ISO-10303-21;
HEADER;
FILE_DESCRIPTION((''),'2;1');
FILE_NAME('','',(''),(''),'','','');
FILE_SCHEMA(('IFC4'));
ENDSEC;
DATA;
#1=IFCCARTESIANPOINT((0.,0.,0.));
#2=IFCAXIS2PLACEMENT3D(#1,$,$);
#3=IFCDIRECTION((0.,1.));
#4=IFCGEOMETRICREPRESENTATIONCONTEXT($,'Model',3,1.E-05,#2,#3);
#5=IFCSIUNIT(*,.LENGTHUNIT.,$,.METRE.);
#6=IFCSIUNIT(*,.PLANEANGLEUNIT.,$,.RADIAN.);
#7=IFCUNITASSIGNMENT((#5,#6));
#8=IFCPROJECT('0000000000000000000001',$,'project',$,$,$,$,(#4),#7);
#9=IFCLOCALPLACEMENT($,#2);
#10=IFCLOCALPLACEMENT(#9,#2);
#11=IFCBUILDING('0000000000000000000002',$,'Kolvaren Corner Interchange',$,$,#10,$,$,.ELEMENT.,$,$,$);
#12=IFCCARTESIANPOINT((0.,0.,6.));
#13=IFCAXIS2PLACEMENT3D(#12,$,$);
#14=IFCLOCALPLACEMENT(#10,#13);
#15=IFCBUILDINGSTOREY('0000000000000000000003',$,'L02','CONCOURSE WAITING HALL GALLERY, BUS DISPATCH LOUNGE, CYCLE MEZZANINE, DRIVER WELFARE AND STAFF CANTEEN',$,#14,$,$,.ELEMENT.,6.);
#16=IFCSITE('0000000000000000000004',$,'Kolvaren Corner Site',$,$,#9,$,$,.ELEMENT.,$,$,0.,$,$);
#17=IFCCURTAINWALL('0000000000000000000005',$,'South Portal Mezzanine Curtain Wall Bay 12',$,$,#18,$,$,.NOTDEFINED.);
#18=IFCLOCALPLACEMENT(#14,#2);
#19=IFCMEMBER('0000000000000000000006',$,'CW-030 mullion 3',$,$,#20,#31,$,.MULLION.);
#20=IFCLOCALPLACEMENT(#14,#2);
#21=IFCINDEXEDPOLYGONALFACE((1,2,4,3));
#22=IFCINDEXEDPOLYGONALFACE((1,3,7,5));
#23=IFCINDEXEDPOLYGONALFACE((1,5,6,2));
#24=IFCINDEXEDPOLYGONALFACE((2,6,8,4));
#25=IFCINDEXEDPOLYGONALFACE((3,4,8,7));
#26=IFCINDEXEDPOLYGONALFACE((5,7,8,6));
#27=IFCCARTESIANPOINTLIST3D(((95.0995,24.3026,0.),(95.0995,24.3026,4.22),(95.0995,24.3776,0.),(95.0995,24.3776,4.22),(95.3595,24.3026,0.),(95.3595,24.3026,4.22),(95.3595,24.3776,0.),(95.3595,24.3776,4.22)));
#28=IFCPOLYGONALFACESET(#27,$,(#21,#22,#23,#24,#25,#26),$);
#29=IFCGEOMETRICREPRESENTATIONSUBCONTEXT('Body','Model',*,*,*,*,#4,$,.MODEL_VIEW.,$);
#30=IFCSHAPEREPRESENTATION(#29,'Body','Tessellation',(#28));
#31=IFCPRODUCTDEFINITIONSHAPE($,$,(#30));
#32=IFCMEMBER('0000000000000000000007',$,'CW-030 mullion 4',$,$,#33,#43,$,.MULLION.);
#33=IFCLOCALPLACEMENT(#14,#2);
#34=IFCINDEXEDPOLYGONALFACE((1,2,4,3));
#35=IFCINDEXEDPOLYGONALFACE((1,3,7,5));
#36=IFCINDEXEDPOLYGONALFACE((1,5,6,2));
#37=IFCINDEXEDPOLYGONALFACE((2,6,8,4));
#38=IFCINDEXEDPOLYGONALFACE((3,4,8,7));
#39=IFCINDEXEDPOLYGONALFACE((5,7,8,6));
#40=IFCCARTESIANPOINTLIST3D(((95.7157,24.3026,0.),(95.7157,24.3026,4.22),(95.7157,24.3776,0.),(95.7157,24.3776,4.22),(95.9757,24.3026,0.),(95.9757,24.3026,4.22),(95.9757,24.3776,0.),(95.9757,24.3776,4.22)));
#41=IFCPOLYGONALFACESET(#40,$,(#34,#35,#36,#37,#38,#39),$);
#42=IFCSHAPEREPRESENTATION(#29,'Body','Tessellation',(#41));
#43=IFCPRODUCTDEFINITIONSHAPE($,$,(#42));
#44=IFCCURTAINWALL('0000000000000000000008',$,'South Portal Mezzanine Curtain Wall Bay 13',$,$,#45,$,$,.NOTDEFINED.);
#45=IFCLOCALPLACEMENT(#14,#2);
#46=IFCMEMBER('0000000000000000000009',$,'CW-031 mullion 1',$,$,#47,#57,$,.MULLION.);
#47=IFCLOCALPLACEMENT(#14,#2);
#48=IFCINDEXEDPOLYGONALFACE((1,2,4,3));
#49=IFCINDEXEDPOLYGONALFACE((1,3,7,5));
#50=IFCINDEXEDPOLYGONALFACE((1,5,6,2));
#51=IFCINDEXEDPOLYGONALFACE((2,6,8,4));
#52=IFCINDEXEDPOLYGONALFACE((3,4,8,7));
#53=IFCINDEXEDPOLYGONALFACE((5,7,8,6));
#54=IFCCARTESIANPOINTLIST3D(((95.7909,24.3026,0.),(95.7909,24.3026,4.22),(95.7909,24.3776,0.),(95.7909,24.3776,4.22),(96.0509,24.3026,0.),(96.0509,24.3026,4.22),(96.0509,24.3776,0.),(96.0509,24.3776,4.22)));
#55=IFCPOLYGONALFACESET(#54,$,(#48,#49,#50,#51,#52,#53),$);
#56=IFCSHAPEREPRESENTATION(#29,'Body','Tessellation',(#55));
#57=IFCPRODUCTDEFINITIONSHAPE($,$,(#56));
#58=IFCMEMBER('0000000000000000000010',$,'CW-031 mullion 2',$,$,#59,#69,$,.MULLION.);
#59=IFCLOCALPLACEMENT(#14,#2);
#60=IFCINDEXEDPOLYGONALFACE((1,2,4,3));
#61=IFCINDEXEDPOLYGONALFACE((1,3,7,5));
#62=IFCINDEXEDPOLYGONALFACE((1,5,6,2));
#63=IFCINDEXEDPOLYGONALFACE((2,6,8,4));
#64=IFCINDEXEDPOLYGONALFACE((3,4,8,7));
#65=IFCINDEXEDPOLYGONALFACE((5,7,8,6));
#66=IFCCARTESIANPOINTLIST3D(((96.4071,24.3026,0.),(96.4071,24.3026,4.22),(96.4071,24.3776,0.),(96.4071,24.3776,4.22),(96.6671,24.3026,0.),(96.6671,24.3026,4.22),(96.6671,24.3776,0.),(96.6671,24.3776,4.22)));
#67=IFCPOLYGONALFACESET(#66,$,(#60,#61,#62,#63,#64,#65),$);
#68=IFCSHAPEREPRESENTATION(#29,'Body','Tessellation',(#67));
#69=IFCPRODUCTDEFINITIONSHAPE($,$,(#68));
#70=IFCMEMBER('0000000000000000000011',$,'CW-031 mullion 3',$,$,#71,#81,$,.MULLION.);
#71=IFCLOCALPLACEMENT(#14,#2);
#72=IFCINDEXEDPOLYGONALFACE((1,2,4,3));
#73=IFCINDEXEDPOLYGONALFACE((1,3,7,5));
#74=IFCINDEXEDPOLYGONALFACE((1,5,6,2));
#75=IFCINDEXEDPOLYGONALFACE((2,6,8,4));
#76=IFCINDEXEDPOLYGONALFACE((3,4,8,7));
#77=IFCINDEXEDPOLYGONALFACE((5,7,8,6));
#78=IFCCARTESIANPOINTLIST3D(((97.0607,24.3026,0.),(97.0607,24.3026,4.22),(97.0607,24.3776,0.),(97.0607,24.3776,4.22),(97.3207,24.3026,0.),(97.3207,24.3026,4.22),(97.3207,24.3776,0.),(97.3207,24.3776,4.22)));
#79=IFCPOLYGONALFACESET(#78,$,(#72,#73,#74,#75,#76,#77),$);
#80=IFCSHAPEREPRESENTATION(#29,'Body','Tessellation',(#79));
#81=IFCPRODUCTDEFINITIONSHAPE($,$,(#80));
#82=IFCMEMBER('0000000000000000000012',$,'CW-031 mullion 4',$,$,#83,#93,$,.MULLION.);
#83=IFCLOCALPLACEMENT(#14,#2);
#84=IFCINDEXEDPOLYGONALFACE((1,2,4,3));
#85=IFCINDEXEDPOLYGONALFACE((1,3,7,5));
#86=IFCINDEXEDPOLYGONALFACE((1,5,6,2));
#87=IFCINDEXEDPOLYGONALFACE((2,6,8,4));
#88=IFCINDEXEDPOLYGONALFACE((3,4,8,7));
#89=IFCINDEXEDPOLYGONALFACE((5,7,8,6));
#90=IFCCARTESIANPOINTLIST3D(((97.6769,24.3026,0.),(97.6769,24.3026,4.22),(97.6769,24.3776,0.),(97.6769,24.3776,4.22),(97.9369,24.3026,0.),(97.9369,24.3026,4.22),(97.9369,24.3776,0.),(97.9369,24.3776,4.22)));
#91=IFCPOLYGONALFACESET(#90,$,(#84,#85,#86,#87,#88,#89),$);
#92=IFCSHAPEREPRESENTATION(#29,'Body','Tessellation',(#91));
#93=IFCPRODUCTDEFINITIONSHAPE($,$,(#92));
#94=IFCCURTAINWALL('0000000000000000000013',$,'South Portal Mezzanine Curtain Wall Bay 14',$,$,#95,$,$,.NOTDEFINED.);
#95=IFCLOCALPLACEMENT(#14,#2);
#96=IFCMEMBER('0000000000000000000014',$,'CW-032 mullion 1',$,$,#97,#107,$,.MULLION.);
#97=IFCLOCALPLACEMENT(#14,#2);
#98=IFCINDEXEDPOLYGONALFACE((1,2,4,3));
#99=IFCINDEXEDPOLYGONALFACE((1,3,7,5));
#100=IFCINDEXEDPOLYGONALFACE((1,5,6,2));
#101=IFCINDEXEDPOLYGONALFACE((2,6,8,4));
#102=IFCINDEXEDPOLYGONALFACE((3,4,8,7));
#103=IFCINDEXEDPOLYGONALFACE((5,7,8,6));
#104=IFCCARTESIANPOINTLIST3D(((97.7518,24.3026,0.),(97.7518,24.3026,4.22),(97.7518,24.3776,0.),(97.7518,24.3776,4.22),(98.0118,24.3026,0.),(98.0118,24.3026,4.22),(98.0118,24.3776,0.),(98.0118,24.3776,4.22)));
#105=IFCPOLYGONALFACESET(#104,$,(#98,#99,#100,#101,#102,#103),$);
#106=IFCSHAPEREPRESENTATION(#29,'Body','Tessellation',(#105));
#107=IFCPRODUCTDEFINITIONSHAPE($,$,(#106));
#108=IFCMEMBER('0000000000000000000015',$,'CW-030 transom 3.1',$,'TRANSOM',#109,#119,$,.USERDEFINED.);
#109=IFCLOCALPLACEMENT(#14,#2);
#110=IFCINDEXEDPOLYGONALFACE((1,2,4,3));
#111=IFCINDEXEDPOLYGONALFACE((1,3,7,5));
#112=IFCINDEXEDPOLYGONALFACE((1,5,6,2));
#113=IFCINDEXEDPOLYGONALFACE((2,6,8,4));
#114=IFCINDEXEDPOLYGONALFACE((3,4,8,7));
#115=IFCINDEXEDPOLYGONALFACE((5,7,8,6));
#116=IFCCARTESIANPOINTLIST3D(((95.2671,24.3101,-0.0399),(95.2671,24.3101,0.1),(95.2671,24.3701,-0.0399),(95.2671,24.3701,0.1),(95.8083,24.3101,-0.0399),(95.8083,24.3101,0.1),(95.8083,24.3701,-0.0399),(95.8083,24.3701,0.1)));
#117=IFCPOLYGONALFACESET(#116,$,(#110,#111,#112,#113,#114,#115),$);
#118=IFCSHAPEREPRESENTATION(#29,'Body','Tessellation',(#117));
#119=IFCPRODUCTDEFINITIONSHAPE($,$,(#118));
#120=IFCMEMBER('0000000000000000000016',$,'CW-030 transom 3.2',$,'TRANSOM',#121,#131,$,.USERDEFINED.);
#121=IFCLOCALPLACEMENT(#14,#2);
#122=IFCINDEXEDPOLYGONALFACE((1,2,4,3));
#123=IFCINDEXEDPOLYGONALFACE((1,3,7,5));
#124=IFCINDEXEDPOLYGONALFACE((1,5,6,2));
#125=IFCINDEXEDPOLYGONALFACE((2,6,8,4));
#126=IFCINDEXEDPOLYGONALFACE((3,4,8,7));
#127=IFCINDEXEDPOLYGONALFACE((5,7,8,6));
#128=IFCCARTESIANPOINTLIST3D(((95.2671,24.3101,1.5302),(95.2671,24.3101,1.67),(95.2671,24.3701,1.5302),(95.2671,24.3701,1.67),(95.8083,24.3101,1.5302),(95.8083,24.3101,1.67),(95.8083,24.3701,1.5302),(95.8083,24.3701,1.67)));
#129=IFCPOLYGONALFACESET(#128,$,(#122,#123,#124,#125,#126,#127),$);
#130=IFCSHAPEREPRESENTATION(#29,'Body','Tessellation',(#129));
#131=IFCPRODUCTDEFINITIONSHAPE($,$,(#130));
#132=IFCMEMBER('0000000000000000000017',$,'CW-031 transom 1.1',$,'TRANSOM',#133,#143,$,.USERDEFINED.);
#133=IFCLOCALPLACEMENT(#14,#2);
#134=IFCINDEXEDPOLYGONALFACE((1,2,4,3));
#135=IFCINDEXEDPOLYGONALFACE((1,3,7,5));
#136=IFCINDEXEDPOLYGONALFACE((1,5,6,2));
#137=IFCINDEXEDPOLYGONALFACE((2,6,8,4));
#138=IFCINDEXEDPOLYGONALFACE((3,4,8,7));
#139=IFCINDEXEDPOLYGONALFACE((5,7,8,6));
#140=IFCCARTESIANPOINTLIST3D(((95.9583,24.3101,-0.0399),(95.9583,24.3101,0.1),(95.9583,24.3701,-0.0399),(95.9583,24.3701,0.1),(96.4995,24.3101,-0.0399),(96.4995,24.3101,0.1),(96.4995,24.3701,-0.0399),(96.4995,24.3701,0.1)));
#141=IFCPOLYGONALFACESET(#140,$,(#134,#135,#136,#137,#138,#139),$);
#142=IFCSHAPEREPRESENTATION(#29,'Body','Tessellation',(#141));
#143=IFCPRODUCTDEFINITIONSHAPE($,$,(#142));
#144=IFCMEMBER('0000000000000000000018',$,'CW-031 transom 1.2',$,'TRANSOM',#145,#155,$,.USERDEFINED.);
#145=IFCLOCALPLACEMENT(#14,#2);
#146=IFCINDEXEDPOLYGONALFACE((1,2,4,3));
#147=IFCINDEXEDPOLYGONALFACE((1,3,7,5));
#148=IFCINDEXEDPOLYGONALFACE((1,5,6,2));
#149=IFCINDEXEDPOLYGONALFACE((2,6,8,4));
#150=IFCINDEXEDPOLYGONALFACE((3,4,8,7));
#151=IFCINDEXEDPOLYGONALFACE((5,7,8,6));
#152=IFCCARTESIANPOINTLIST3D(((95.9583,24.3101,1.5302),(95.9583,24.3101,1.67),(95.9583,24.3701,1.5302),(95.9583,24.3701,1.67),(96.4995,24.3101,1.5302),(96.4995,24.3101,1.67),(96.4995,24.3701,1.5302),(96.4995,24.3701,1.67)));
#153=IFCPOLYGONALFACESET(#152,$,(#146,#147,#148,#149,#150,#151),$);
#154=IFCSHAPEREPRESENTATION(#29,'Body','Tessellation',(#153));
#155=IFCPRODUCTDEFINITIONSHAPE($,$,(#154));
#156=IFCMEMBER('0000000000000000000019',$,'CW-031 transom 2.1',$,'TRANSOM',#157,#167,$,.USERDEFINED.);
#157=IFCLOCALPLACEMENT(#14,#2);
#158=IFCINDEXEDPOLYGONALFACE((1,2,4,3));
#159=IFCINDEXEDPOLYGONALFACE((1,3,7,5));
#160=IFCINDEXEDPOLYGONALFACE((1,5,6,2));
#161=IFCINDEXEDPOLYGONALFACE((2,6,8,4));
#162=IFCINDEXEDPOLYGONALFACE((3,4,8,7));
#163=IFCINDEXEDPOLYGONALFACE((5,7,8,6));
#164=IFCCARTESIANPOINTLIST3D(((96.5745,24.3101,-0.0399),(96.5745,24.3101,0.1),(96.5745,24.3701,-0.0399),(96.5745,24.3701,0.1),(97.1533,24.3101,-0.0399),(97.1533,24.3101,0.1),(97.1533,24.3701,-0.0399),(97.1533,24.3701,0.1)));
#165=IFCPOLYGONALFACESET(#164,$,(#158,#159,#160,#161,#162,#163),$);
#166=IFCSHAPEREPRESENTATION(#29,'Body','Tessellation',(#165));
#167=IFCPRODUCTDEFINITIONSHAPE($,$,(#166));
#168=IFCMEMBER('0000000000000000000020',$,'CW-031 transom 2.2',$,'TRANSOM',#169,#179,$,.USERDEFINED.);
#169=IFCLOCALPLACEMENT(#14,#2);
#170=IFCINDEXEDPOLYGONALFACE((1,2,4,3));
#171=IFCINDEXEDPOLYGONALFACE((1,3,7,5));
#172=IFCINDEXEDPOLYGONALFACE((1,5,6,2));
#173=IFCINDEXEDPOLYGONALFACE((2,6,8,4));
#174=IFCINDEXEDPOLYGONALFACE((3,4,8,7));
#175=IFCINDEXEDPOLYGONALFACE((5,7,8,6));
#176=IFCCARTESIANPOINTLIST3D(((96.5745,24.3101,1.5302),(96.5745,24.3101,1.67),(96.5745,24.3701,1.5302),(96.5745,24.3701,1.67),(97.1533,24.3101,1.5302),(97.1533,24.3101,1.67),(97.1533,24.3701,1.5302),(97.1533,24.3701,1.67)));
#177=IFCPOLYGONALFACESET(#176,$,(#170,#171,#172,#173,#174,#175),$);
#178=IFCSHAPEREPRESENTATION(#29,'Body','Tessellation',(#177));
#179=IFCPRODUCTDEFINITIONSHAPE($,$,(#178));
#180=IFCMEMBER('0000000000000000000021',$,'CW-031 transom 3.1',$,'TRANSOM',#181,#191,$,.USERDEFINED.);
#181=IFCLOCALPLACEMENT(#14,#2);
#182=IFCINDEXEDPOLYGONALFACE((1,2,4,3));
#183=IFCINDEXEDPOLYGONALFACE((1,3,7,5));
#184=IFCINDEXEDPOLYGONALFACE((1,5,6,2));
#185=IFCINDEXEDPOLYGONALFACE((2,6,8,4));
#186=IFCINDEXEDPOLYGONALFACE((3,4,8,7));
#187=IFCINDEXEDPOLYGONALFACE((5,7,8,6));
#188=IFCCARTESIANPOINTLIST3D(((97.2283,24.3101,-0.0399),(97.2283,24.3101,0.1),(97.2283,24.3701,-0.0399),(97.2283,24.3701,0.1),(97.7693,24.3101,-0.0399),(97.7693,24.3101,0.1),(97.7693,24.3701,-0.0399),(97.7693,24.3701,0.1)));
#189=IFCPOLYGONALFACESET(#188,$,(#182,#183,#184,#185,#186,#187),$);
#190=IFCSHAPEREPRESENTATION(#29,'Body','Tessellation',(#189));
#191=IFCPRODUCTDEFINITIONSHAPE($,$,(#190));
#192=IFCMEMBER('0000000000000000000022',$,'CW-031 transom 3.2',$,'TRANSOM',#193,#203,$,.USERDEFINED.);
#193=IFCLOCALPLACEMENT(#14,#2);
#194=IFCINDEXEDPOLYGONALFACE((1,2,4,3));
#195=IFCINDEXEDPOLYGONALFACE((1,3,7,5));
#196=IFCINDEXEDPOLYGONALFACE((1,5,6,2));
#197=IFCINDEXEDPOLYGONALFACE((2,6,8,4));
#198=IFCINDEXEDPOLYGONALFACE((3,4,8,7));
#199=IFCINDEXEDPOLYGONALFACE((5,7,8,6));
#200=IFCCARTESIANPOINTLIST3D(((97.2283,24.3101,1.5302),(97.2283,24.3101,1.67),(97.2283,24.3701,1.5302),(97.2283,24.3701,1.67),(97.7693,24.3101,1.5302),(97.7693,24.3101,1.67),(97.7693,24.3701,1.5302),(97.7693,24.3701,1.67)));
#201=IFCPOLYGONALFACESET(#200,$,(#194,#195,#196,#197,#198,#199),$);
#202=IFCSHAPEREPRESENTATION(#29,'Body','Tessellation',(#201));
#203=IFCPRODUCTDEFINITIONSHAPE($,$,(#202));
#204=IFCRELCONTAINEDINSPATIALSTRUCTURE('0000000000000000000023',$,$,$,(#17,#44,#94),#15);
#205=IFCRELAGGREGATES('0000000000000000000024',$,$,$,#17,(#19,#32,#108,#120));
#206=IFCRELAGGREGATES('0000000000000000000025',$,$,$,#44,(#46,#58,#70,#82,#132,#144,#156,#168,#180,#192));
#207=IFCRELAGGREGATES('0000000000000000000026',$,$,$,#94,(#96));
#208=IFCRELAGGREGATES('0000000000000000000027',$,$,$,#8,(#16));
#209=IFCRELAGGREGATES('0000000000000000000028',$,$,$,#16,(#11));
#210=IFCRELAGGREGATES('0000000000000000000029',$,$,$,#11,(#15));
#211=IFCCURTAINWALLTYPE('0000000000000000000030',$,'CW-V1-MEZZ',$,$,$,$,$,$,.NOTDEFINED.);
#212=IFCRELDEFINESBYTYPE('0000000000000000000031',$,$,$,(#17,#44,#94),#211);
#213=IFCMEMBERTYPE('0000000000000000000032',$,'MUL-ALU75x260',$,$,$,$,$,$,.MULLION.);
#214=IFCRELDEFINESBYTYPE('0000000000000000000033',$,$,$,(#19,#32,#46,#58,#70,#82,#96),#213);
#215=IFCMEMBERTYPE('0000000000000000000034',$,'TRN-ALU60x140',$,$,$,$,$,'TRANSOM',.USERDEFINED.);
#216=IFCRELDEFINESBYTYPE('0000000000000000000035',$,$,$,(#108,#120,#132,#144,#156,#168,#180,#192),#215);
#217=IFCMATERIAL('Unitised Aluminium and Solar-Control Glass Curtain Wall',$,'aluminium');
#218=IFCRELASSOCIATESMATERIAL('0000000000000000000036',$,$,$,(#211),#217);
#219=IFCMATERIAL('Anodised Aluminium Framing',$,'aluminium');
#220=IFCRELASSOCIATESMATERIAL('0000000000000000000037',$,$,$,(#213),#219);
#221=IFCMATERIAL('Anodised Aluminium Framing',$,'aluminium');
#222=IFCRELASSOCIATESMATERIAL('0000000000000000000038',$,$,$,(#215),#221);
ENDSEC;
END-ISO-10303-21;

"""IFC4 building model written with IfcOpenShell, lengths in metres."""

from ifc_helpers import new_model, si_unit, direction, frame, origin, origin_2d, place, context, subcontext, project, spatial, rectangle, extrude, material, material_profile, profile_set, type_object, element, aggregate, save


model = new_model("IFC4")

# Units and contexts
model_context = context("Model", 3, precision=1e-05, world=origin(), true_north=direction((0.0, 1.0)))
body_context = subcontext(model_context, "Body", "Model", "MODEL_VIEW")
ifc_project = project(units=[si_unit("LENGTHUNIT", "METRE"), si_unit("PLANEANGLEUNIT", "RADIAN")], contexts=[model_context])

# Site, building, storey
site_placement = place(None, origin())
site = spatial("IfcSite", under=ifc_project, at=site_placement, Name="Kolvaren Corner Site", CompositionType="ELEMENT", RefElevation=0.0)
building_placement = place(site_placement, origin())
building = spatial("IfcBuilding", under=site, at=building_placement, Name="Kolvaren Corner Interchange", CompositionType="ELEMENT")
storey_placement = place(building_placement, frame((0.0, 0.0, 6.0)))
storey = spatial("IfcBuildingStorey", under=building, at=storey_placement, Name="L02", Description="CONCOURSE WAITING HALL GALLERY, BUS DISPATCH LOUNGE, CYCLE MEZZANINE, DRIVER WELFARE AND STAFF CANTEEN", CompositionType="ELEMENT", Elevation=6.0)

# Curtain walls, members
ifc_material_1 = material(Name="Unitised Aluminium and Solar-Control Glass Curtain Wall", Category="aluminium")
curtain_wall_type = type_object("IfcCurtainWallType", Name="CW-V1-MEZZ", PredefinedType="NOTDEFINED", material=ifc_material_1)
curtain_wall_1_placement = place(storey_placement, origin())
curtain_wall_1 = element("IfcCurtainWall", 1, at=curtain_wall_1_placement, inside=storey, type_object=curtain_wall_type, Name="South Portal Mezzanine Curtain Wall Bay 12", PredefinedType="NOTDEFINED")
ifc_material_2 = material(Name="Anodised Aluminium Framing", Category="aluminium")
ifc_material_profile_1 = material_profile(ifc_material_2, rectangle(XDim=0.075, YDim=0.26, at=origin_2d()), Name="ALU 75x260")
ifc_profile_set_1 = profile_set([ifc_material_profile_1], Name="Anodised Aluminium Framing")
member_type_1 = type_object("IfcMemberType", Name="MUL-ALU75x260", PredefinedType="MULLION", material=ifc_profile_set_1)
member_1_placement = place(storey_placement, frame((95.2295, 24.3401, 0.0), z_axis=(0.0, 0.0, 1.0), x_axis=(0.0, 1.0, 0.0)))
member_1 = element("IfcMember", 2, at=member_1_placement, type_object=member_type_1, Name="CW-030 mullion 3", PredefinedType="MULLION", context=body_context, shape_type="SweptSolid", body=[
    extrude(rectangle(XDim=0.075, YDim=0.26, at=origin_2d()), origin(), (0.0, 0.0, 1.0), 4.22),
])
member_2_placement = place(storey_placement, frame((95.8457, 24.3401, 0.0), z_axis=(0.0, 0.0, 1.0), x_axis=(0.0, 1.0, 0.0)))
member_2 = element("IfcMember", 3, at=member_2_placement, type_object=member_type_1, Name="CW-030 mullion 4", PredefinedType="MULLION", context=body_context, shape_type="SweptSolid", body=[
    extrude(rectangle(XDim=0.075, YDim=0.26, at=origin_2d()), origin(), (0.0, 0.0, 1.0), 4.22),
])
curtain_wall_2_placement = place(storey_placement, origin())
curtain_wall_2 = element("IfcCurtainWall", 4, at=curtain_wall_2_placement, inside=storey, type_object=curtain_wall_type, Name="South Portal Mezzanine Curtain Wall Bay 13", PredefinedType="NOTDEFINED")
member_3_placement = place(storey_placement, frame((95.9209, 24.3401, 0.0), z_axis=(0.0, 0.0, 1.0), x_axis=(0.0, 1.0, 0.0)))
member_3 = element("IfcMember", 5, at=member_3_placement, type_object=member_type_1, Name="CW-031 mullion 1", PredefinedType="MULLION", context=body_context, shape_type="SweptSolid", body=[
    extrude(rectangle(XDim=0.075, YDim=0.26, at=origin_2d()), origin(), (0.0, 0.0, 1.0), 4.22),
])
member_4_placement = place(storey_placement, frame((96.5371, 24.3401, 0.0), z_axis=(0.0, 0.0, 1.0), x_axis=(0.0, 1.0, 0.0)))
member_4 = element("IfcMember", 6, at=member_4_placement, type_object=member_type_1, Name="CW-031 mullion 2", PredefinedType="MULLION", context=body_context, shape_type="SweptSolid", body=[
    extrude(rectangle(XDim=0.075, YDim=0.26, at=origin_2d()), origin(), (0.0, 0.0, 1.0), 4.22),
])
member_5_placement = place(storey_placement, frame((97.1907, 24.3401, 0.0), z_axis=(0.0, 0.0, 1.0), x_axis=(0.0, 1.0, 0.0)))
member_5 = element("IfcMember", 7, at=member_5_placement, type_object=member_type_1, Name="CW-031 mullion 3", PredefinedType="MULLION", context=body_context, shape_type="SweptSolid", body=[
    extrude(rectangle(XDim=0.075, YDim=0.26, at=origin_2d()), origin(), (0.0, 0.0, 1.0), 4.22),
])
member_6_placement = place(storey_placement, frame((97.8069, 24.3401, 0.0), z_axis=(0.0, 0.0, 1.0), x_axis=(0.0, 1.0, 0.0)))
member_6 = element("IfcMember", 8, at=member_6_placement, type_object=member_type_1, Name="CW-031 mullion 4", PredefinedType="MULLION", context=body_context, shape_type="SweptSolid", body=[
    extrude(rectangle(XDim=0.075, YDim=0.26, at=origin_2d()), origin(), (0.0, 0.0, 1.0), 4.22),
])

# Curtain wall, member
curtain_wall_3_placement = place(storey_placement, origin())
curtain_wall_3 = element("IfcCurtainWall", 9, at=curtain_wall_3_placement, inside=storey, type_object=curtain_wall_type, Name="South Portal Mezzanine Curtain Wall Bay 14", PredefinedType="NOTDEFINED")
member_7_placement = place(storey_placement, frame((97.8818, 24.3401, 0.0), z_axis=(0.0, 0.0, 1.0), x_axis=(0.0, 1.0, 0.0)))
member_7 = element("IfcMember", 10, at=member_7_placement, type_object=member_type_1, Name="CW-032 mullion 1", PredefinedType="MULLION", context=body_context, shape_type="SweptSolid", body=[
    extrude(rectangle(XDim=0.075, YDim=0.26, at=origin_2d()), origin(), (0.0, 0.0, 1.0), 4.22),
])

# Members
ifc_material_3 = material(Name="Anodised Aluminium Framing", Category="aluminium")
ifc_material_profile_2 = material_profile(ifc_material_3, rectangle(XDim=0.0601, YDim=0.1399, at=origin_2d()), Name="ALU 60x140")
ifc_profile_set_2 = profile_set([ifc_material_profile_2], Name="Anodised Aluminium Framing")
member_type_2 = type_object("IfcMemberType", Name="TRN-ALU60x140", ElementType="TRANSOM", PredefinedType="USERDEFINED", material=ifc_profile_set_2)
member_8_placement = place(storey_placement, frame((95.2671, 24.3401, 0.03), z_axis=(1.0, 0.0, 0.0), x_axis=(0.0, 1.0, 0.0)))
member_8 = element("IfcMember", 11, at=member_8_placement, type_object=member_type_2, Name="CW-030 transom 3.1", ObjectType="TRANSOM", PredefinedType="USERDEFINED", context=body_context, shape_type="SweptSolid", body=[
    extrude(rectangle(XDim=0.0601, YDim=0.1399, at=origin_2d()), origin(), (0.0, 0.0, 1.0), 0.5413),
])
member_9_placement = place(storey_placement, frame((95.2671, 24.3401, 1.6001), z_axis=(1.0, 0.0, 0.0), x_axis=(0.0, 1.0, 0.0)))
member_9 = element("IfcMember", 12, at=member_9_placement, type_object=member_type_2, Name="CW-030 transom 3.2", ObjectType="TRANSOM", PredefinedType="USERDEFINED", context=body_context, shape_type="SweptSolid", body=[
    extrude(rectangle(XDim=0.0601, YDim=0.1399, at=origin_2d()), origin(), (0.0, 0.0, 1.0), 0.5413),
])
member_10_placement = place(storey_placement, frame((95.9583, 24.3401, 0.03), z_axis=(1.0, 0.0, 0.0), x_axis=(0.0, 1.0, 0.0)))
member_10 = element("IfcMember", 13, at=member_10_placement, type_object=member_type_2, Name="CW-031 transom 1.1", ObjectType="TRANSOM", PredefinedType="USERDEFINED", context=body_context, shape_type="SweptSolid", body=[
    extrude(rectangle(XDim=0.0601, YDim=0.1399, at=origin_2d()), origin(), (0.0, 0.0, 1.0), 0.5413),
])
member_11_placement = place(storey_placement, frame((95.9583, 24.3401, 1.6001), z_axis=(1.0, 0.0, 0.0), x_axis=(0.0, 1.0, 0.0)))
member_11 = element("IfcMember", 14, at=member_11_placement, type_object=member_type_2, Name="CW-031 transom 1.2", ObjectType="TRANSOM", PredefinedType="USERDEFINED", context=body_context, shape_type="SweptSolid", body=[
    extrude(rectangle(XDim=0.0601, YDim=0.1399, at=origin_2d()), origin(), (0.0, 0.0, 1.0), 0.5413),
])
member_12_placement = place(storey_placement, frame((96.5745, 24.3401, 0.03), z_axis=(1.0, 0.0, 0.0), x_axis=(0.0, 1.0, 0.0)))
member_12 = element("IfcMember", 15, at=member_12_placement, type_object=member_type_2, Name="CW-031 transom 2.1", ObjectType="TRANSOM", PredefinedType="USERDEFINED", context=body_context, shape_type="SweptSolid", body=[
    extrude(rectangle(XDim=0.0601, YDim=0.1399, at=origin_2d()), origin(), (0.0, 0.0, 1.0), 0.5789),
])
member_13_placement = place(storey_placement, frame((96.5745, 24.3401, 1.6001), z_axis=(1.0, 0.0, 0.0), x_axis=(0.0, 1.0, 0.0)))
member_13 = element("IfcMember", 16, at=member_13_placement, type_object=member_type_2, Name="CW-031 transom 2.2", ObjectType="TRANSOM", PredefinedType="USERDEFINED", context=body_context, shape_type="SweptSolid", body=[
    extrude(rectangle(XDim=0.0601, YDim=0.1399, at=origin_2d()), origin(), (0.0, 0.0, 1.0), 0.5789),
])
member_14_placement = place(storey_placement, frame((97.2283, 24.3401, 0.03), z_axis=(1.0, 0.0, 0.0), x_axis=(0.0, 1.0, 0.0)))
member_14 = element("IfcMember", 17, at=member_14_placement, type_object=member_type_2, Name="CW-031 transom 3.1", ObjectType="TRANSOM", PredefinedType="USERDEFINED", context=body_context, shape_type="SweptSolid", body=[
    extrude(rectangle(XDim=0.0601, YDim=0.1399, at=origin_2d()), origin(), (0.0, 0.0, 1.0), 0.541),
])
member_15_placement = place(storey_placement, frame((97.2283, 24.3401, 1.6001), z_axis=(1.0, 0.0, 0.0), x_axis=(0.0, 1.0, 0.0)))
member_15 = element("IfcMember", 18, at=member_15_placement, type_object=member_type_2, Name="CW-031 transom 3.2", ObjectType="TRANSOM", PredefinedType="USERDEFINED", context=body_context, shape_type="SweptSolid", body=[
    extrude(rectangle(XDim=0.0601, YDim=0.1399, at=origin_2d()), origin(), (0.0, 0.0, 1.0), 0.541),
])

aggregate(curtain_wall_1, [member_1, member_2, member_8, member_9])
aggregate(curtain_wall_2, [member_3, member_4, member_5, member_6, member_10, member_11, member_12, member_13, member_14, member_15])
aggregate(curtain_wall_3, [member_7])

save(model, "model.ifc")
